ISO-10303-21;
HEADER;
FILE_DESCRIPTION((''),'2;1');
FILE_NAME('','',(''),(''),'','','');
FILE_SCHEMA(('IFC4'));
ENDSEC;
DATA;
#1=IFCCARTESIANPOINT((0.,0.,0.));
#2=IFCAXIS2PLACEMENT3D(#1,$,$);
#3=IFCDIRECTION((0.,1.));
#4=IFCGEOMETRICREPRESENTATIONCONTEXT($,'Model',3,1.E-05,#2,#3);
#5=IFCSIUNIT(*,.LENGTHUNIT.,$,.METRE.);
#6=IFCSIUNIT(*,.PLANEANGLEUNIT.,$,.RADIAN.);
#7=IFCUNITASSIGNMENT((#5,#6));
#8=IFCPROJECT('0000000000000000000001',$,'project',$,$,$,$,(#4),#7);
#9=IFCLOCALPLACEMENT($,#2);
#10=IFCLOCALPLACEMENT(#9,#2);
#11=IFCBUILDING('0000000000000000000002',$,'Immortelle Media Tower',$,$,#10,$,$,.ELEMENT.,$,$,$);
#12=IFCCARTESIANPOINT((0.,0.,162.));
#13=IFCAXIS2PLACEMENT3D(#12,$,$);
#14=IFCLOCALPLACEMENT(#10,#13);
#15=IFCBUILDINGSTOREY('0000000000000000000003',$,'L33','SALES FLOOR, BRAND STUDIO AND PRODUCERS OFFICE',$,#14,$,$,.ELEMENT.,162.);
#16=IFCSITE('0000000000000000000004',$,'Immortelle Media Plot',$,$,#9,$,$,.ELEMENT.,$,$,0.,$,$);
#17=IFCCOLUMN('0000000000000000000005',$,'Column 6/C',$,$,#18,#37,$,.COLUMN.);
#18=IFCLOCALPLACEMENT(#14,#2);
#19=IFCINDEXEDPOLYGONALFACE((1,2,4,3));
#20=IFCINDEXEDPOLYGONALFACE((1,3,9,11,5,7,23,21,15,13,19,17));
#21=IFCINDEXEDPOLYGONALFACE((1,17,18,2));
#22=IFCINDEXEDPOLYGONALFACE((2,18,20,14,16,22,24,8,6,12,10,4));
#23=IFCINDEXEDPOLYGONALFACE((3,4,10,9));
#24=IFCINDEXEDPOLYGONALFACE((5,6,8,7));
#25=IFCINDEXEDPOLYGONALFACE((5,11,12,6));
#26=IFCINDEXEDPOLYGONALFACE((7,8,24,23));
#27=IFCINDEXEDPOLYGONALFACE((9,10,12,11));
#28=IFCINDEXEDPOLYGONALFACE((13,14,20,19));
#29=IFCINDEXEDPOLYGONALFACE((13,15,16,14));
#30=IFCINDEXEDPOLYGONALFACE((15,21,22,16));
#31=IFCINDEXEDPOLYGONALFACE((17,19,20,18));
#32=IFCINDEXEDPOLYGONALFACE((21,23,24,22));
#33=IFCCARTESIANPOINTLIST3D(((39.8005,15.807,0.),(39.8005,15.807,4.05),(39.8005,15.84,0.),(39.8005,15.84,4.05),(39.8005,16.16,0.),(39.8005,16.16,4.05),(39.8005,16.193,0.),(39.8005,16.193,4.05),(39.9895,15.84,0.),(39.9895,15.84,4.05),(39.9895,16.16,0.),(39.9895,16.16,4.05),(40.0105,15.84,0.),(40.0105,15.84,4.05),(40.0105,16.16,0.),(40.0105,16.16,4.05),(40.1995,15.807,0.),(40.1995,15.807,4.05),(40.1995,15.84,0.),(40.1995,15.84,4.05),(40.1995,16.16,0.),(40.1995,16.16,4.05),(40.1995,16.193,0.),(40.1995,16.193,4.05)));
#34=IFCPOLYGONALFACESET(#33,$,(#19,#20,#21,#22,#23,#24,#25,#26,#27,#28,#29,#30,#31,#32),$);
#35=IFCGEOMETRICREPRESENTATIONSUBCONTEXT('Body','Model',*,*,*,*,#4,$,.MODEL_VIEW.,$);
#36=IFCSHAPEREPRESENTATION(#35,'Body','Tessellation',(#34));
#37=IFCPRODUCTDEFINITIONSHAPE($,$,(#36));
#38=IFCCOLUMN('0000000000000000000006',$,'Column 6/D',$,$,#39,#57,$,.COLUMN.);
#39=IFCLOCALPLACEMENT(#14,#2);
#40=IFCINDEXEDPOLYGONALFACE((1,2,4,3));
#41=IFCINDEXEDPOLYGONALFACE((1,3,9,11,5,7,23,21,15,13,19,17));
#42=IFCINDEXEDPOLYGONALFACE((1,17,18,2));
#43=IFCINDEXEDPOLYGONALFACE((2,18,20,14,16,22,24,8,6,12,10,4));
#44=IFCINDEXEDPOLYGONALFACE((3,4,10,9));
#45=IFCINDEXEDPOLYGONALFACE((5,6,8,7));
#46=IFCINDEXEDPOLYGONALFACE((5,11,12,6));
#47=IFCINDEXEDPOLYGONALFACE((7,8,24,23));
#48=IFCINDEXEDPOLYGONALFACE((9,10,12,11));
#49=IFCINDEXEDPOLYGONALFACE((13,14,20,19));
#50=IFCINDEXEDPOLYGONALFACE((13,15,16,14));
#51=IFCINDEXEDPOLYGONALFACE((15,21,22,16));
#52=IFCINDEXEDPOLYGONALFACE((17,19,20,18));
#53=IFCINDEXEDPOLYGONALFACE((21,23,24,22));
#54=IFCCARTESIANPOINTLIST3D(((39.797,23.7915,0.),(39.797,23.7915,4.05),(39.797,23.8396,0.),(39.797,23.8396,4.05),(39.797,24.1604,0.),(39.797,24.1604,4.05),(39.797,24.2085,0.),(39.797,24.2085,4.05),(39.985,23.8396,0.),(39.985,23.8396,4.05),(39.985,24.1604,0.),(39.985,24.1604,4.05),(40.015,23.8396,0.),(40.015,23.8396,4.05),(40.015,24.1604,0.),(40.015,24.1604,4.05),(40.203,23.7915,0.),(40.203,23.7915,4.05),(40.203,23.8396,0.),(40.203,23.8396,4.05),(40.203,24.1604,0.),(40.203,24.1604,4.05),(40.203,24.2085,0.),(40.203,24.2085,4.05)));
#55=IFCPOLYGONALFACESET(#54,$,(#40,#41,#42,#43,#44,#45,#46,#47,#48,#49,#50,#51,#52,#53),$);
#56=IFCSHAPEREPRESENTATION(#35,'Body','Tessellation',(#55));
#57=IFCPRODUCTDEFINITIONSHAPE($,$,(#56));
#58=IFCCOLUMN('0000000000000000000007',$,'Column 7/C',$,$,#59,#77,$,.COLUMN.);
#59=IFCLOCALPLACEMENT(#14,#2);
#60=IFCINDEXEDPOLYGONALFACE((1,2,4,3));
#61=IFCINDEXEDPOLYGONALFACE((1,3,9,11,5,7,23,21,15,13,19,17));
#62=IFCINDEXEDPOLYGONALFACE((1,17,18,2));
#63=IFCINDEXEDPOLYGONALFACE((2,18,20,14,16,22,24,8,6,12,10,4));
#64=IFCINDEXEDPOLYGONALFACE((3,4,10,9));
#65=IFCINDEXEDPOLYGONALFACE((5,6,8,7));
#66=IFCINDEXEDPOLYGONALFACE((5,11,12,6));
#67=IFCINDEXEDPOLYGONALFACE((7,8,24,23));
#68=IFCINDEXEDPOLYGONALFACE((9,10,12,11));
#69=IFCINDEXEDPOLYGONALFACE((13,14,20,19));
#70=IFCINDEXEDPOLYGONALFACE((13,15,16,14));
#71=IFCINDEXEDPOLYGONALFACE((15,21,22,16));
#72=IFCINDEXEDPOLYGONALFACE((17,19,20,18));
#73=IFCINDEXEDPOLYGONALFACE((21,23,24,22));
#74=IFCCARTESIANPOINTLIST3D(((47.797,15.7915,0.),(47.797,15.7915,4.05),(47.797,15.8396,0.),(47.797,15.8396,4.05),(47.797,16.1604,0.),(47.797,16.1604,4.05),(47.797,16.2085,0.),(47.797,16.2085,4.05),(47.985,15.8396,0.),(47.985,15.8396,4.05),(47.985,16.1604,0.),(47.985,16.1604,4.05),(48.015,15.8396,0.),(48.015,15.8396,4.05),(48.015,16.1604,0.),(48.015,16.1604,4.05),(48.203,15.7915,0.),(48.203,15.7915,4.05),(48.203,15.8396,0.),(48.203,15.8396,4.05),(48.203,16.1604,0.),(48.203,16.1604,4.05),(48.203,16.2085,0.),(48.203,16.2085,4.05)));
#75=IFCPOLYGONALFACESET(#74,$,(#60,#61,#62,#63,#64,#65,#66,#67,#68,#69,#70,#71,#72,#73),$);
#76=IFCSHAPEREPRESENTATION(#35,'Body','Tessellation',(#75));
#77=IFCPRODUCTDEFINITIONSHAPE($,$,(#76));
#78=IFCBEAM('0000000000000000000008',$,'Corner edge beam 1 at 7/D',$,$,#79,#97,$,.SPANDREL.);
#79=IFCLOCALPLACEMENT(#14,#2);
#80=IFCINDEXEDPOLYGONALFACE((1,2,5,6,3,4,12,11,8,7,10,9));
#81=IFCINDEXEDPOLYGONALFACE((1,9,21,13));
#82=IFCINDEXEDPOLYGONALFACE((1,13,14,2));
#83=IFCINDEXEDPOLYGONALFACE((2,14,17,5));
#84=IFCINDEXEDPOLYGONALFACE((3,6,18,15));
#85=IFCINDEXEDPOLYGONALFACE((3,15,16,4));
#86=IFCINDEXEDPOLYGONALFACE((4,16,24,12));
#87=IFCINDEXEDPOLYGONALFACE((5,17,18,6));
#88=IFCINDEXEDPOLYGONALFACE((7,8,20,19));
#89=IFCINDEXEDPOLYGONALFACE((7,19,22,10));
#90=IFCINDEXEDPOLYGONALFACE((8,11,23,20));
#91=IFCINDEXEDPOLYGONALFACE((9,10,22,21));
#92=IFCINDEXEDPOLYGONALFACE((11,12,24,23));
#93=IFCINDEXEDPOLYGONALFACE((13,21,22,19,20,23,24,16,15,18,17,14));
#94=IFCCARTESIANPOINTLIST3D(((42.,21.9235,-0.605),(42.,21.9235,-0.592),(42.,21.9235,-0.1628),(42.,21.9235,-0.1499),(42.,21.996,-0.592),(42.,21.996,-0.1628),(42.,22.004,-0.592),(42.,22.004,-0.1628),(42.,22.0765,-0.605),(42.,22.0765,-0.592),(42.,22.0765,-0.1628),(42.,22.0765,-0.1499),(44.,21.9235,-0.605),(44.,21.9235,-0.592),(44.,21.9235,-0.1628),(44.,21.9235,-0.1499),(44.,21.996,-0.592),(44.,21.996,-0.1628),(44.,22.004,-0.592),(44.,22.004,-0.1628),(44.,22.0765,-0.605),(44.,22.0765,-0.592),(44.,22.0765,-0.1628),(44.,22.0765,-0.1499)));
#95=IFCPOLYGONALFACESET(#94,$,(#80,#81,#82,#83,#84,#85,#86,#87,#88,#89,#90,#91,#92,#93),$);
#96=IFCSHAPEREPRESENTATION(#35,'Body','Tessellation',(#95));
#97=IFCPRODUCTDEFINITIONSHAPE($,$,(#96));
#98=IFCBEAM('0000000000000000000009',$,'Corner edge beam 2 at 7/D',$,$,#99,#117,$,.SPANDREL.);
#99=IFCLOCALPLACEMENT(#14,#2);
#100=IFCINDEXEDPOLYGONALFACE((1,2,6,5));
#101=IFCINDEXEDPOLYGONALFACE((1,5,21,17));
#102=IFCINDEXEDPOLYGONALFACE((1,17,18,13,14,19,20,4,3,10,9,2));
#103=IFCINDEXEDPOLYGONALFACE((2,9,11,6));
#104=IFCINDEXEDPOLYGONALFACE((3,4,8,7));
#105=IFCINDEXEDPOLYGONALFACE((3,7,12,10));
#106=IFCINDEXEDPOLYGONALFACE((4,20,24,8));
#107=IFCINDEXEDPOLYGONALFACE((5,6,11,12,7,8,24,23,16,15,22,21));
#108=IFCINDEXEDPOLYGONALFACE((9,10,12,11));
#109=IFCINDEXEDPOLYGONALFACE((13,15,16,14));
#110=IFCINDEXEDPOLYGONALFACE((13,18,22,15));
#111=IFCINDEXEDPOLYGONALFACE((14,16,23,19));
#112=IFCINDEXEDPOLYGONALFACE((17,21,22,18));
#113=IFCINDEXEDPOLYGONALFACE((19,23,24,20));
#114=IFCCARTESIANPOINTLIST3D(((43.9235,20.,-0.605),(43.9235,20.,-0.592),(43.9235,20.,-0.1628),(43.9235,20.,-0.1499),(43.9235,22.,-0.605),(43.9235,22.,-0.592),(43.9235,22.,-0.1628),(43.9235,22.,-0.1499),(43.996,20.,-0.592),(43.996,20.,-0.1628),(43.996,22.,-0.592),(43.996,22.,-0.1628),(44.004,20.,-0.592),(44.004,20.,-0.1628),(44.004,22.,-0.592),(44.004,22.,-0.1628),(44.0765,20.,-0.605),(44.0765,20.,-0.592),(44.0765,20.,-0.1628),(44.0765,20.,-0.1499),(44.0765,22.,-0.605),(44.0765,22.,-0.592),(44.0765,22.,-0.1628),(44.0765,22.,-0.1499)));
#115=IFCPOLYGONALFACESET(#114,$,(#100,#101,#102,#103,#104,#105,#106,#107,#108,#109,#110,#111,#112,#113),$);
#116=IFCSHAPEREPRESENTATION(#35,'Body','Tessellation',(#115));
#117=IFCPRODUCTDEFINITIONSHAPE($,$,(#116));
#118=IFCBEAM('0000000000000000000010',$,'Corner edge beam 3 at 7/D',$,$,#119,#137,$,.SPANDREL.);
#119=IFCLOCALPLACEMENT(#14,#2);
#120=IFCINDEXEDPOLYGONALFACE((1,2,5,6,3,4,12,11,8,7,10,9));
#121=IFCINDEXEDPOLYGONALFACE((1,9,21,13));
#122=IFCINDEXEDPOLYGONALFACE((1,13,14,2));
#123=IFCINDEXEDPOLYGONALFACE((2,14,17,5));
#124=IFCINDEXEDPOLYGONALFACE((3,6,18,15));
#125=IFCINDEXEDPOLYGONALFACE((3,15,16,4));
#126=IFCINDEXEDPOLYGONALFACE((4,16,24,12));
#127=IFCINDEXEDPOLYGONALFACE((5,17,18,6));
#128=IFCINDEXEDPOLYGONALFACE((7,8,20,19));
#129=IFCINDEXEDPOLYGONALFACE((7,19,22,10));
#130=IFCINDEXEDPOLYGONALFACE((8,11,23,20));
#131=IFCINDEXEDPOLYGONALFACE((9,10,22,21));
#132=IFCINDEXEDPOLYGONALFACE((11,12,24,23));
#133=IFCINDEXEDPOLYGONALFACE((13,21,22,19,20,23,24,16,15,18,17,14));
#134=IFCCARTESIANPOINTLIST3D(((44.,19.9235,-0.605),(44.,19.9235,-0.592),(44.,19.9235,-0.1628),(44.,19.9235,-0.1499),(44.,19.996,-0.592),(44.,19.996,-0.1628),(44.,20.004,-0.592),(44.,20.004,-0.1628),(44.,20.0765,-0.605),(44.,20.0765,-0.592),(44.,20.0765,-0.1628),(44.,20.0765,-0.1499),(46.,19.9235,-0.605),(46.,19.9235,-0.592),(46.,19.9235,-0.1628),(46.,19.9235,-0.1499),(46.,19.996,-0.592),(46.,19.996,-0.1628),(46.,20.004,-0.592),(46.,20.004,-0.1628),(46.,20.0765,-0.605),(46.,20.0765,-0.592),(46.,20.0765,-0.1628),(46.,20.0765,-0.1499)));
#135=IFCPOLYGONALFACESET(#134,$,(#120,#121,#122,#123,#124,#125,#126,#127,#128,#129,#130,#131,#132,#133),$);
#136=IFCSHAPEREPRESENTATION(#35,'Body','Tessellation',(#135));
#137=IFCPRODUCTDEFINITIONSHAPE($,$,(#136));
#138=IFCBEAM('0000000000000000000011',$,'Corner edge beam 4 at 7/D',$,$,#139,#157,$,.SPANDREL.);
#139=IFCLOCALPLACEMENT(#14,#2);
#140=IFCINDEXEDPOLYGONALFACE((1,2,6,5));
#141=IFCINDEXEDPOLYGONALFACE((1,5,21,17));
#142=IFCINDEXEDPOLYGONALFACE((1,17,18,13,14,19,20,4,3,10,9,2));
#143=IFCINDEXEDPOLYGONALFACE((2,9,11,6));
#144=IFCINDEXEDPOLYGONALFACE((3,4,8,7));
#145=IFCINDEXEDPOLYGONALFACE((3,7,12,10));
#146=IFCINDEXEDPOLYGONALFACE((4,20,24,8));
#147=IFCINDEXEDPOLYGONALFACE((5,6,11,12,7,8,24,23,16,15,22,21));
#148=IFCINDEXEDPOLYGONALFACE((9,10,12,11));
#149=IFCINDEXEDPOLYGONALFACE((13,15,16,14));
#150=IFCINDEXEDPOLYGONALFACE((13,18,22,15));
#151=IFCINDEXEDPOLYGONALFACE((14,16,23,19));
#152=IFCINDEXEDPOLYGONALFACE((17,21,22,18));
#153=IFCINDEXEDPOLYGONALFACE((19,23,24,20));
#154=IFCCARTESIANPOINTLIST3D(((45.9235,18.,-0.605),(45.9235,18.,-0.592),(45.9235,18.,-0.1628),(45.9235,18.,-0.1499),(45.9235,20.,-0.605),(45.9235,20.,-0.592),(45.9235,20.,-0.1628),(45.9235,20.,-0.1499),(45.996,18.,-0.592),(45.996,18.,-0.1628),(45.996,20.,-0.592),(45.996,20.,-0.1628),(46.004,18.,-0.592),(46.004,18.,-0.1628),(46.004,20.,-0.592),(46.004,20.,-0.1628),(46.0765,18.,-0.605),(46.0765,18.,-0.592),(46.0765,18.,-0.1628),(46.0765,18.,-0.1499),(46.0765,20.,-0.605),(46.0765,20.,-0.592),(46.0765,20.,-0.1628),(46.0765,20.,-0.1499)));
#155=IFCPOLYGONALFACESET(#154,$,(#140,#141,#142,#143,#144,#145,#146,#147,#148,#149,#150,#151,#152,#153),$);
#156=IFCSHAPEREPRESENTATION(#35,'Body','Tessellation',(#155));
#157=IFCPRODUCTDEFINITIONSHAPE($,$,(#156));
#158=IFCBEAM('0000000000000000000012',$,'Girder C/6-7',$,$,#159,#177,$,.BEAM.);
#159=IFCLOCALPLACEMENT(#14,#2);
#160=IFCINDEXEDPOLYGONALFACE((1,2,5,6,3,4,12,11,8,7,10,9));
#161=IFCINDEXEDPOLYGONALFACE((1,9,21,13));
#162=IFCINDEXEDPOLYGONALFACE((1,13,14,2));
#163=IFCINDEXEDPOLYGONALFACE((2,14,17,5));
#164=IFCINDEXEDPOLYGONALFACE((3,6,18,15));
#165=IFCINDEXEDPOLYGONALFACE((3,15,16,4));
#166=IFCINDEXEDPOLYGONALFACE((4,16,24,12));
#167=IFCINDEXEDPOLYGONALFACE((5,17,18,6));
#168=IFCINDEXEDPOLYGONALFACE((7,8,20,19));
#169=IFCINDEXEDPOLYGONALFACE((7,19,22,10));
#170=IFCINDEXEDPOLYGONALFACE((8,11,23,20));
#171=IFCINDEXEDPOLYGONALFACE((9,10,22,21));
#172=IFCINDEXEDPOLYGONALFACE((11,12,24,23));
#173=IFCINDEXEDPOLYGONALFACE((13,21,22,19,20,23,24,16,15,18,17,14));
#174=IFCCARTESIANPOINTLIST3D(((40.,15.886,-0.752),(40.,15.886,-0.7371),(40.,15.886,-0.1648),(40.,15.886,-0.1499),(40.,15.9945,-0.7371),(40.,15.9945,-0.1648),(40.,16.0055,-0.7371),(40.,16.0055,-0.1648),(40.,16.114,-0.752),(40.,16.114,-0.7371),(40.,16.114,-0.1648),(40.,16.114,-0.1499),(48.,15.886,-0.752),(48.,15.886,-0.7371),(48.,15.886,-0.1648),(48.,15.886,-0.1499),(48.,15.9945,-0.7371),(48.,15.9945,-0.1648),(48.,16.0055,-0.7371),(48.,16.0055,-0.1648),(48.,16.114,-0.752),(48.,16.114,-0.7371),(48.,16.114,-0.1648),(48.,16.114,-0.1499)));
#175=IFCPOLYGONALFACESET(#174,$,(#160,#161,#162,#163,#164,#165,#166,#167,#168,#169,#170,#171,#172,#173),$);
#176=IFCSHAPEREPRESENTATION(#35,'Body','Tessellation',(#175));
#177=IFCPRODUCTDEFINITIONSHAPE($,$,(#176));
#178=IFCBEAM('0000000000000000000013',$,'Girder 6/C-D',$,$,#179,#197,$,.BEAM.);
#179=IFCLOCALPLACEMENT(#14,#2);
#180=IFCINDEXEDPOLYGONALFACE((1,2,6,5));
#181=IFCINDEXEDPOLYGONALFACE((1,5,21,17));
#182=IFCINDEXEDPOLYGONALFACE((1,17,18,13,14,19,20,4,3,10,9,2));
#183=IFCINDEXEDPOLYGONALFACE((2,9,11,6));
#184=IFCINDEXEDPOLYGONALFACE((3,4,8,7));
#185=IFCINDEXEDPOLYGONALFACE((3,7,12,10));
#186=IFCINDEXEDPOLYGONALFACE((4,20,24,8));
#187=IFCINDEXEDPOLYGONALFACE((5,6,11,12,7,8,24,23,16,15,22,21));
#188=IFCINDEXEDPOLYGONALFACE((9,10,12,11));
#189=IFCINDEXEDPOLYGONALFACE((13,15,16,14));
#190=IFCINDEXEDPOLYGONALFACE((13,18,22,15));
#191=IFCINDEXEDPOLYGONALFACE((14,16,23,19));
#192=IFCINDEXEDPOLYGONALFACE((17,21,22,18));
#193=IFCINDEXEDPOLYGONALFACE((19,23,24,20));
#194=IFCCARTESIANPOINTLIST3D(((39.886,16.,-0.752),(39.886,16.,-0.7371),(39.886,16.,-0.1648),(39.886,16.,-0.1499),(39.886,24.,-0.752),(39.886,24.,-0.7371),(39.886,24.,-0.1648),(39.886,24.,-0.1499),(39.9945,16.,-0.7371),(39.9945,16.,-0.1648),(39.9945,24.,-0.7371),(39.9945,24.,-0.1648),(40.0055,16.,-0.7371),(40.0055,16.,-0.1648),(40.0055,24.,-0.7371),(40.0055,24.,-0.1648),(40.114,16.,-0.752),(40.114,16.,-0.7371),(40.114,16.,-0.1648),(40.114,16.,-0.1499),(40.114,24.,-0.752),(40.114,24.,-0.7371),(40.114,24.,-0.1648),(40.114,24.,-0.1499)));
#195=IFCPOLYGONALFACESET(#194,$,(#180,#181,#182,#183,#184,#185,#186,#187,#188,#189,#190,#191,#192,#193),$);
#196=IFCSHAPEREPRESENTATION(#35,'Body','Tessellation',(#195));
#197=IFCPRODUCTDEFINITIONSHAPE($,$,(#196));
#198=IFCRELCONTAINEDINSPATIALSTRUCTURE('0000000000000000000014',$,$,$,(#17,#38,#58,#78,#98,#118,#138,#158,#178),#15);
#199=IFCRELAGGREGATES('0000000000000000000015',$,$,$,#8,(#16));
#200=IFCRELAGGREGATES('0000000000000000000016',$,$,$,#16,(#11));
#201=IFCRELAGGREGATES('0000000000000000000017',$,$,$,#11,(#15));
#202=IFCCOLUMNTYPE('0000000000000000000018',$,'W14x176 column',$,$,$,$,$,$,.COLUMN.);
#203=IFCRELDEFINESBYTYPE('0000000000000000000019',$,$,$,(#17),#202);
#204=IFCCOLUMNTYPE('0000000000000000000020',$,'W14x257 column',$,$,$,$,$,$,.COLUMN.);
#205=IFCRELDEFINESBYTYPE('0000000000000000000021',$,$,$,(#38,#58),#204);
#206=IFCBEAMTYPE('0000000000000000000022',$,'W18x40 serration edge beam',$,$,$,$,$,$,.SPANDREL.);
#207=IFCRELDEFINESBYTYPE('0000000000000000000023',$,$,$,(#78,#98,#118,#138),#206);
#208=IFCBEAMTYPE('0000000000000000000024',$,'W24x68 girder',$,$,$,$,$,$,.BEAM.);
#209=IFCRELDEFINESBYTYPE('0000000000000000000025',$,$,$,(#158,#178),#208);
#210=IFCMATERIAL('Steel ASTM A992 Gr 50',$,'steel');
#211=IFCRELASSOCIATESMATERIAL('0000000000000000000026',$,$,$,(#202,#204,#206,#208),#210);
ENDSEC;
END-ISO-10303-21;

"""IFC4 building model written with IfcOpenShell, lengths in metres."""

from ifc_helpers import new_model, si_unit, direction, frame, origin, origin_2d, place, context, subcontext, project, spatial, i_section, extrude, material, material_profile, profile_set, type_object, element, save


model = new_model("IFC4")

# Units and contexts
model_context = context("Model", 3, precision=1e-05, world=origin(), true_north=direction((0.0, 1.0)))
body_context = subcontext(model_context, "Body", "Model", "MODEL_VIEW")
ifc_project = project(units=[si_unit("LENGTHUNIT", "METRE"), si_unit("PLANEANGLEUNIT", "RADIAN")], contexts=[model_context])

# Site, building, storey
site_placement = place(None, origin())
site = spatial("IfcSite", under=ifc_project, at=site_placement, Name="Immortelle Media Plot", CompositionType="ELEMENT", RefElevation=0.0)
building_placement = place(site_placement, origin())
building = spatial("IfcBuilding", under=site, at=building_placement, Name="Immortelle Media Tower", CompositionType="ELEMENT")
storey_placement = place(building_placement, frame((0.0, 0.0, 162.0)))
storey = spatial("IfcBuildingStorey", under=building, at=storey_placement, Name="L33", Description="SALES FLOOR, BRAND STUDIO AND PRODUCERS OFFICE", CompositionType="ELEMENT", Elevation=162.0)

# Columns
ifc_material_1 = material(Name="Steel ASTM A992 Gr 50", Category="steel")
ifc_material_profile_1 = material_profile(ifc_material_1, i_section(OverallWidth=0.3989, OverallDepth=0.386, WebThickness=0.021, FlangeThickness=0.033, at=origin_2d()), Name="W14x176")
ifc_profile_set_1 = profile_set([ifc_material_profile_1], Name="Steel ASTM A992 Gr 50")
column_type_1 = type_object("IfcColumnType", Name="W14x176 column", PredefinedType="COLUMN", material=ifc_profile_set_1)
column_placement = place(storey_placement, frame((40.0, 16.0, 0.0), z_axis=(0.0, 0.0, 1.0), x_axis=(1.0, 0.0, 0.0)))
element("IfcColumn", 1, at=column_placement, inside=storey, type_object=column_type_1, Name="Column 6/C", PredefinedType="COLUMN", context=body_context, shape_type="SweptSolid", body=[
    extrude(i_section(OverallWidth=0.3989, OverallDepth=0.386, WebThickness=0.021, FlangeThickness=0.033, at=origin_2d()), origin(), (0.0, 0.0, 1.0), 4.05),
])
ifc_material_profile_2 = material_profile(ifc_material_1, i_section(OverallWidth=0.406, OverallDepth=0.417, WebThickness=0.03, FlangeThickness=0.0481, at=origin_2d()), Name="W14x257")
ifc_profile_set_2 = profile_set([ifc_material_profile_2], Name="Steel ASTM A992 Gr 50")
column_type_2 = type_object("IfcColumnType", Name="W14x257 column", PredefinedType="COLUMN", material=ifc_profile_set_2)
for number, where, z_axis, x_axis, name in (
    (2, (40.0, 24.0, 0.0), (0.0, 0.0, 1.0), (1.0, 0.0, 0.0), "Column 6/D"),
    (3, (48.0, 16.0, 0.0), (0.0, 0.0, 1.0), (1.0, 0.0, 0.0), "Column 7/C"),
):
    element("IfcColumn", number, at=place(storey_placement, frame(where, z_axis=z_axis, x_axis=x_axis)), inside=storey, type_object=column_type_2, Name=name, PredefinedType="COLUMN", context=body_context, shape_type="SweptSolid", body=[
        extrude(i_section(OverallWidth=0.406, OverallDepth=0.417, WebThickness=0.03, FlangeThickness=0.0481, at=origin_2d()), origin(), (0.0, 0.0, 1.0), 4.05),
    ])

# Beams
ifc_material_profile_3 = material_profile(ifc_material_1, i_section(OverallWidth=0.1531, OverallDepth=0.4551, WebThickness=0.0081, FlangeThickness=0.0129, at=origin_2d()), Name="W18x40")
ifc_profile_set_3 = profile_set([ifc_material_profile_3], Name="Steel ASTM A992 Gr 50")
beam_type_1 = type_object("IfcBeamType", Name="W18x40 serration edge beam", PredefinedType="SPANDREL", material=ifc_profile_set_3)
for number, where, z_axis, x_axis, name in (
    (4, (42.0, 22.0, -0.3774), (1.0, 0.0, 0.0), (0.0, 1.0, 0.0), "Corner edge beam 1 at 7/D"),
    (5, (44.0, 22.0, -0.3774), (0.0, -1.0, 0.0), (1.0, 0.0, 0.0), "Corner edge beam 2 at 7/D"),
    (6, (44.0, 20.0, -0.3774), (1.0, 0.0, 0.0), (0.0, 1.0, 0.0), "Corner edge beam 3 at 7/D"),
    (7, (46.0, 20.0, -0.3774), (0.0, -1.0, 0.0), (1.0, 0.0, 0.0), "Corner edge beam 4 at 7/D"),
):
    element("IfcBeam", number, at=place(storey_placement, frame(where, z_axis=z_axis, x_axis=x_axis)), inside=storey, type_object=beam_type_1, Name=name, PredefinedType="SPANDREL", context=body_context, shape_type="SweptSolid", body=[
        extrude(i_section(OverallWidth=0.1531, OverallDepth=0.4551, WebThickness=0.0081, FlangeThickness=0.0129, at=origin_2d()), origin(), (0.0, 0.0, 1.0), 2.0),
    ])
ifc_material_profile_4 = material_profile(ifc_material_1, i_section(OverallWidth=0.228, OverallDepth=0.6021, WebThickness=0.011, FlangeThickness=0.0149, at=origin_2d()), Name="W24x68")
ifc_profile_set_4 = profile_set([ifc_material_profile_4], Name="Steel ASTM A992 Gr 50")
beam_type_2 = type_object("IfcBeamType", Name="W24x68 girder", PredefinedType="BEAM", material=ifc_profile_set_4)
for number, where, z_axis, x_axis, name in (
    (8, (40.0, 16.0, -0.4509), (1.0, 0.0, 0.0), (0.0, 1.0, 0.0), "Girder C/6-7"),
    (9, (40.0, 16.0, -0.4509), (0.0, 1.0, 0.0), (-1.0, 0.0, 0.0), "Girder 6/C-D"),
):
    element("IfcBeam", number, at=place(storey_placement, frame(where, z_axis=z_axis, x_axis=x_axis)), inside=storey, type_object=beam_type_2, Name=name, PredefinedType="BEAM", context=body_context, shape_type="SweptSolid", body=[
        extrude(i_section(OverallWidth=0.228, OverallDepth=0.6021, WebThickness=0.011, FlangeThickness=0.0149, at=origin_2d()), origin(), (0.0, 0.0, 1.0), 8.0),
    ])

save(model, "model.ifc")
